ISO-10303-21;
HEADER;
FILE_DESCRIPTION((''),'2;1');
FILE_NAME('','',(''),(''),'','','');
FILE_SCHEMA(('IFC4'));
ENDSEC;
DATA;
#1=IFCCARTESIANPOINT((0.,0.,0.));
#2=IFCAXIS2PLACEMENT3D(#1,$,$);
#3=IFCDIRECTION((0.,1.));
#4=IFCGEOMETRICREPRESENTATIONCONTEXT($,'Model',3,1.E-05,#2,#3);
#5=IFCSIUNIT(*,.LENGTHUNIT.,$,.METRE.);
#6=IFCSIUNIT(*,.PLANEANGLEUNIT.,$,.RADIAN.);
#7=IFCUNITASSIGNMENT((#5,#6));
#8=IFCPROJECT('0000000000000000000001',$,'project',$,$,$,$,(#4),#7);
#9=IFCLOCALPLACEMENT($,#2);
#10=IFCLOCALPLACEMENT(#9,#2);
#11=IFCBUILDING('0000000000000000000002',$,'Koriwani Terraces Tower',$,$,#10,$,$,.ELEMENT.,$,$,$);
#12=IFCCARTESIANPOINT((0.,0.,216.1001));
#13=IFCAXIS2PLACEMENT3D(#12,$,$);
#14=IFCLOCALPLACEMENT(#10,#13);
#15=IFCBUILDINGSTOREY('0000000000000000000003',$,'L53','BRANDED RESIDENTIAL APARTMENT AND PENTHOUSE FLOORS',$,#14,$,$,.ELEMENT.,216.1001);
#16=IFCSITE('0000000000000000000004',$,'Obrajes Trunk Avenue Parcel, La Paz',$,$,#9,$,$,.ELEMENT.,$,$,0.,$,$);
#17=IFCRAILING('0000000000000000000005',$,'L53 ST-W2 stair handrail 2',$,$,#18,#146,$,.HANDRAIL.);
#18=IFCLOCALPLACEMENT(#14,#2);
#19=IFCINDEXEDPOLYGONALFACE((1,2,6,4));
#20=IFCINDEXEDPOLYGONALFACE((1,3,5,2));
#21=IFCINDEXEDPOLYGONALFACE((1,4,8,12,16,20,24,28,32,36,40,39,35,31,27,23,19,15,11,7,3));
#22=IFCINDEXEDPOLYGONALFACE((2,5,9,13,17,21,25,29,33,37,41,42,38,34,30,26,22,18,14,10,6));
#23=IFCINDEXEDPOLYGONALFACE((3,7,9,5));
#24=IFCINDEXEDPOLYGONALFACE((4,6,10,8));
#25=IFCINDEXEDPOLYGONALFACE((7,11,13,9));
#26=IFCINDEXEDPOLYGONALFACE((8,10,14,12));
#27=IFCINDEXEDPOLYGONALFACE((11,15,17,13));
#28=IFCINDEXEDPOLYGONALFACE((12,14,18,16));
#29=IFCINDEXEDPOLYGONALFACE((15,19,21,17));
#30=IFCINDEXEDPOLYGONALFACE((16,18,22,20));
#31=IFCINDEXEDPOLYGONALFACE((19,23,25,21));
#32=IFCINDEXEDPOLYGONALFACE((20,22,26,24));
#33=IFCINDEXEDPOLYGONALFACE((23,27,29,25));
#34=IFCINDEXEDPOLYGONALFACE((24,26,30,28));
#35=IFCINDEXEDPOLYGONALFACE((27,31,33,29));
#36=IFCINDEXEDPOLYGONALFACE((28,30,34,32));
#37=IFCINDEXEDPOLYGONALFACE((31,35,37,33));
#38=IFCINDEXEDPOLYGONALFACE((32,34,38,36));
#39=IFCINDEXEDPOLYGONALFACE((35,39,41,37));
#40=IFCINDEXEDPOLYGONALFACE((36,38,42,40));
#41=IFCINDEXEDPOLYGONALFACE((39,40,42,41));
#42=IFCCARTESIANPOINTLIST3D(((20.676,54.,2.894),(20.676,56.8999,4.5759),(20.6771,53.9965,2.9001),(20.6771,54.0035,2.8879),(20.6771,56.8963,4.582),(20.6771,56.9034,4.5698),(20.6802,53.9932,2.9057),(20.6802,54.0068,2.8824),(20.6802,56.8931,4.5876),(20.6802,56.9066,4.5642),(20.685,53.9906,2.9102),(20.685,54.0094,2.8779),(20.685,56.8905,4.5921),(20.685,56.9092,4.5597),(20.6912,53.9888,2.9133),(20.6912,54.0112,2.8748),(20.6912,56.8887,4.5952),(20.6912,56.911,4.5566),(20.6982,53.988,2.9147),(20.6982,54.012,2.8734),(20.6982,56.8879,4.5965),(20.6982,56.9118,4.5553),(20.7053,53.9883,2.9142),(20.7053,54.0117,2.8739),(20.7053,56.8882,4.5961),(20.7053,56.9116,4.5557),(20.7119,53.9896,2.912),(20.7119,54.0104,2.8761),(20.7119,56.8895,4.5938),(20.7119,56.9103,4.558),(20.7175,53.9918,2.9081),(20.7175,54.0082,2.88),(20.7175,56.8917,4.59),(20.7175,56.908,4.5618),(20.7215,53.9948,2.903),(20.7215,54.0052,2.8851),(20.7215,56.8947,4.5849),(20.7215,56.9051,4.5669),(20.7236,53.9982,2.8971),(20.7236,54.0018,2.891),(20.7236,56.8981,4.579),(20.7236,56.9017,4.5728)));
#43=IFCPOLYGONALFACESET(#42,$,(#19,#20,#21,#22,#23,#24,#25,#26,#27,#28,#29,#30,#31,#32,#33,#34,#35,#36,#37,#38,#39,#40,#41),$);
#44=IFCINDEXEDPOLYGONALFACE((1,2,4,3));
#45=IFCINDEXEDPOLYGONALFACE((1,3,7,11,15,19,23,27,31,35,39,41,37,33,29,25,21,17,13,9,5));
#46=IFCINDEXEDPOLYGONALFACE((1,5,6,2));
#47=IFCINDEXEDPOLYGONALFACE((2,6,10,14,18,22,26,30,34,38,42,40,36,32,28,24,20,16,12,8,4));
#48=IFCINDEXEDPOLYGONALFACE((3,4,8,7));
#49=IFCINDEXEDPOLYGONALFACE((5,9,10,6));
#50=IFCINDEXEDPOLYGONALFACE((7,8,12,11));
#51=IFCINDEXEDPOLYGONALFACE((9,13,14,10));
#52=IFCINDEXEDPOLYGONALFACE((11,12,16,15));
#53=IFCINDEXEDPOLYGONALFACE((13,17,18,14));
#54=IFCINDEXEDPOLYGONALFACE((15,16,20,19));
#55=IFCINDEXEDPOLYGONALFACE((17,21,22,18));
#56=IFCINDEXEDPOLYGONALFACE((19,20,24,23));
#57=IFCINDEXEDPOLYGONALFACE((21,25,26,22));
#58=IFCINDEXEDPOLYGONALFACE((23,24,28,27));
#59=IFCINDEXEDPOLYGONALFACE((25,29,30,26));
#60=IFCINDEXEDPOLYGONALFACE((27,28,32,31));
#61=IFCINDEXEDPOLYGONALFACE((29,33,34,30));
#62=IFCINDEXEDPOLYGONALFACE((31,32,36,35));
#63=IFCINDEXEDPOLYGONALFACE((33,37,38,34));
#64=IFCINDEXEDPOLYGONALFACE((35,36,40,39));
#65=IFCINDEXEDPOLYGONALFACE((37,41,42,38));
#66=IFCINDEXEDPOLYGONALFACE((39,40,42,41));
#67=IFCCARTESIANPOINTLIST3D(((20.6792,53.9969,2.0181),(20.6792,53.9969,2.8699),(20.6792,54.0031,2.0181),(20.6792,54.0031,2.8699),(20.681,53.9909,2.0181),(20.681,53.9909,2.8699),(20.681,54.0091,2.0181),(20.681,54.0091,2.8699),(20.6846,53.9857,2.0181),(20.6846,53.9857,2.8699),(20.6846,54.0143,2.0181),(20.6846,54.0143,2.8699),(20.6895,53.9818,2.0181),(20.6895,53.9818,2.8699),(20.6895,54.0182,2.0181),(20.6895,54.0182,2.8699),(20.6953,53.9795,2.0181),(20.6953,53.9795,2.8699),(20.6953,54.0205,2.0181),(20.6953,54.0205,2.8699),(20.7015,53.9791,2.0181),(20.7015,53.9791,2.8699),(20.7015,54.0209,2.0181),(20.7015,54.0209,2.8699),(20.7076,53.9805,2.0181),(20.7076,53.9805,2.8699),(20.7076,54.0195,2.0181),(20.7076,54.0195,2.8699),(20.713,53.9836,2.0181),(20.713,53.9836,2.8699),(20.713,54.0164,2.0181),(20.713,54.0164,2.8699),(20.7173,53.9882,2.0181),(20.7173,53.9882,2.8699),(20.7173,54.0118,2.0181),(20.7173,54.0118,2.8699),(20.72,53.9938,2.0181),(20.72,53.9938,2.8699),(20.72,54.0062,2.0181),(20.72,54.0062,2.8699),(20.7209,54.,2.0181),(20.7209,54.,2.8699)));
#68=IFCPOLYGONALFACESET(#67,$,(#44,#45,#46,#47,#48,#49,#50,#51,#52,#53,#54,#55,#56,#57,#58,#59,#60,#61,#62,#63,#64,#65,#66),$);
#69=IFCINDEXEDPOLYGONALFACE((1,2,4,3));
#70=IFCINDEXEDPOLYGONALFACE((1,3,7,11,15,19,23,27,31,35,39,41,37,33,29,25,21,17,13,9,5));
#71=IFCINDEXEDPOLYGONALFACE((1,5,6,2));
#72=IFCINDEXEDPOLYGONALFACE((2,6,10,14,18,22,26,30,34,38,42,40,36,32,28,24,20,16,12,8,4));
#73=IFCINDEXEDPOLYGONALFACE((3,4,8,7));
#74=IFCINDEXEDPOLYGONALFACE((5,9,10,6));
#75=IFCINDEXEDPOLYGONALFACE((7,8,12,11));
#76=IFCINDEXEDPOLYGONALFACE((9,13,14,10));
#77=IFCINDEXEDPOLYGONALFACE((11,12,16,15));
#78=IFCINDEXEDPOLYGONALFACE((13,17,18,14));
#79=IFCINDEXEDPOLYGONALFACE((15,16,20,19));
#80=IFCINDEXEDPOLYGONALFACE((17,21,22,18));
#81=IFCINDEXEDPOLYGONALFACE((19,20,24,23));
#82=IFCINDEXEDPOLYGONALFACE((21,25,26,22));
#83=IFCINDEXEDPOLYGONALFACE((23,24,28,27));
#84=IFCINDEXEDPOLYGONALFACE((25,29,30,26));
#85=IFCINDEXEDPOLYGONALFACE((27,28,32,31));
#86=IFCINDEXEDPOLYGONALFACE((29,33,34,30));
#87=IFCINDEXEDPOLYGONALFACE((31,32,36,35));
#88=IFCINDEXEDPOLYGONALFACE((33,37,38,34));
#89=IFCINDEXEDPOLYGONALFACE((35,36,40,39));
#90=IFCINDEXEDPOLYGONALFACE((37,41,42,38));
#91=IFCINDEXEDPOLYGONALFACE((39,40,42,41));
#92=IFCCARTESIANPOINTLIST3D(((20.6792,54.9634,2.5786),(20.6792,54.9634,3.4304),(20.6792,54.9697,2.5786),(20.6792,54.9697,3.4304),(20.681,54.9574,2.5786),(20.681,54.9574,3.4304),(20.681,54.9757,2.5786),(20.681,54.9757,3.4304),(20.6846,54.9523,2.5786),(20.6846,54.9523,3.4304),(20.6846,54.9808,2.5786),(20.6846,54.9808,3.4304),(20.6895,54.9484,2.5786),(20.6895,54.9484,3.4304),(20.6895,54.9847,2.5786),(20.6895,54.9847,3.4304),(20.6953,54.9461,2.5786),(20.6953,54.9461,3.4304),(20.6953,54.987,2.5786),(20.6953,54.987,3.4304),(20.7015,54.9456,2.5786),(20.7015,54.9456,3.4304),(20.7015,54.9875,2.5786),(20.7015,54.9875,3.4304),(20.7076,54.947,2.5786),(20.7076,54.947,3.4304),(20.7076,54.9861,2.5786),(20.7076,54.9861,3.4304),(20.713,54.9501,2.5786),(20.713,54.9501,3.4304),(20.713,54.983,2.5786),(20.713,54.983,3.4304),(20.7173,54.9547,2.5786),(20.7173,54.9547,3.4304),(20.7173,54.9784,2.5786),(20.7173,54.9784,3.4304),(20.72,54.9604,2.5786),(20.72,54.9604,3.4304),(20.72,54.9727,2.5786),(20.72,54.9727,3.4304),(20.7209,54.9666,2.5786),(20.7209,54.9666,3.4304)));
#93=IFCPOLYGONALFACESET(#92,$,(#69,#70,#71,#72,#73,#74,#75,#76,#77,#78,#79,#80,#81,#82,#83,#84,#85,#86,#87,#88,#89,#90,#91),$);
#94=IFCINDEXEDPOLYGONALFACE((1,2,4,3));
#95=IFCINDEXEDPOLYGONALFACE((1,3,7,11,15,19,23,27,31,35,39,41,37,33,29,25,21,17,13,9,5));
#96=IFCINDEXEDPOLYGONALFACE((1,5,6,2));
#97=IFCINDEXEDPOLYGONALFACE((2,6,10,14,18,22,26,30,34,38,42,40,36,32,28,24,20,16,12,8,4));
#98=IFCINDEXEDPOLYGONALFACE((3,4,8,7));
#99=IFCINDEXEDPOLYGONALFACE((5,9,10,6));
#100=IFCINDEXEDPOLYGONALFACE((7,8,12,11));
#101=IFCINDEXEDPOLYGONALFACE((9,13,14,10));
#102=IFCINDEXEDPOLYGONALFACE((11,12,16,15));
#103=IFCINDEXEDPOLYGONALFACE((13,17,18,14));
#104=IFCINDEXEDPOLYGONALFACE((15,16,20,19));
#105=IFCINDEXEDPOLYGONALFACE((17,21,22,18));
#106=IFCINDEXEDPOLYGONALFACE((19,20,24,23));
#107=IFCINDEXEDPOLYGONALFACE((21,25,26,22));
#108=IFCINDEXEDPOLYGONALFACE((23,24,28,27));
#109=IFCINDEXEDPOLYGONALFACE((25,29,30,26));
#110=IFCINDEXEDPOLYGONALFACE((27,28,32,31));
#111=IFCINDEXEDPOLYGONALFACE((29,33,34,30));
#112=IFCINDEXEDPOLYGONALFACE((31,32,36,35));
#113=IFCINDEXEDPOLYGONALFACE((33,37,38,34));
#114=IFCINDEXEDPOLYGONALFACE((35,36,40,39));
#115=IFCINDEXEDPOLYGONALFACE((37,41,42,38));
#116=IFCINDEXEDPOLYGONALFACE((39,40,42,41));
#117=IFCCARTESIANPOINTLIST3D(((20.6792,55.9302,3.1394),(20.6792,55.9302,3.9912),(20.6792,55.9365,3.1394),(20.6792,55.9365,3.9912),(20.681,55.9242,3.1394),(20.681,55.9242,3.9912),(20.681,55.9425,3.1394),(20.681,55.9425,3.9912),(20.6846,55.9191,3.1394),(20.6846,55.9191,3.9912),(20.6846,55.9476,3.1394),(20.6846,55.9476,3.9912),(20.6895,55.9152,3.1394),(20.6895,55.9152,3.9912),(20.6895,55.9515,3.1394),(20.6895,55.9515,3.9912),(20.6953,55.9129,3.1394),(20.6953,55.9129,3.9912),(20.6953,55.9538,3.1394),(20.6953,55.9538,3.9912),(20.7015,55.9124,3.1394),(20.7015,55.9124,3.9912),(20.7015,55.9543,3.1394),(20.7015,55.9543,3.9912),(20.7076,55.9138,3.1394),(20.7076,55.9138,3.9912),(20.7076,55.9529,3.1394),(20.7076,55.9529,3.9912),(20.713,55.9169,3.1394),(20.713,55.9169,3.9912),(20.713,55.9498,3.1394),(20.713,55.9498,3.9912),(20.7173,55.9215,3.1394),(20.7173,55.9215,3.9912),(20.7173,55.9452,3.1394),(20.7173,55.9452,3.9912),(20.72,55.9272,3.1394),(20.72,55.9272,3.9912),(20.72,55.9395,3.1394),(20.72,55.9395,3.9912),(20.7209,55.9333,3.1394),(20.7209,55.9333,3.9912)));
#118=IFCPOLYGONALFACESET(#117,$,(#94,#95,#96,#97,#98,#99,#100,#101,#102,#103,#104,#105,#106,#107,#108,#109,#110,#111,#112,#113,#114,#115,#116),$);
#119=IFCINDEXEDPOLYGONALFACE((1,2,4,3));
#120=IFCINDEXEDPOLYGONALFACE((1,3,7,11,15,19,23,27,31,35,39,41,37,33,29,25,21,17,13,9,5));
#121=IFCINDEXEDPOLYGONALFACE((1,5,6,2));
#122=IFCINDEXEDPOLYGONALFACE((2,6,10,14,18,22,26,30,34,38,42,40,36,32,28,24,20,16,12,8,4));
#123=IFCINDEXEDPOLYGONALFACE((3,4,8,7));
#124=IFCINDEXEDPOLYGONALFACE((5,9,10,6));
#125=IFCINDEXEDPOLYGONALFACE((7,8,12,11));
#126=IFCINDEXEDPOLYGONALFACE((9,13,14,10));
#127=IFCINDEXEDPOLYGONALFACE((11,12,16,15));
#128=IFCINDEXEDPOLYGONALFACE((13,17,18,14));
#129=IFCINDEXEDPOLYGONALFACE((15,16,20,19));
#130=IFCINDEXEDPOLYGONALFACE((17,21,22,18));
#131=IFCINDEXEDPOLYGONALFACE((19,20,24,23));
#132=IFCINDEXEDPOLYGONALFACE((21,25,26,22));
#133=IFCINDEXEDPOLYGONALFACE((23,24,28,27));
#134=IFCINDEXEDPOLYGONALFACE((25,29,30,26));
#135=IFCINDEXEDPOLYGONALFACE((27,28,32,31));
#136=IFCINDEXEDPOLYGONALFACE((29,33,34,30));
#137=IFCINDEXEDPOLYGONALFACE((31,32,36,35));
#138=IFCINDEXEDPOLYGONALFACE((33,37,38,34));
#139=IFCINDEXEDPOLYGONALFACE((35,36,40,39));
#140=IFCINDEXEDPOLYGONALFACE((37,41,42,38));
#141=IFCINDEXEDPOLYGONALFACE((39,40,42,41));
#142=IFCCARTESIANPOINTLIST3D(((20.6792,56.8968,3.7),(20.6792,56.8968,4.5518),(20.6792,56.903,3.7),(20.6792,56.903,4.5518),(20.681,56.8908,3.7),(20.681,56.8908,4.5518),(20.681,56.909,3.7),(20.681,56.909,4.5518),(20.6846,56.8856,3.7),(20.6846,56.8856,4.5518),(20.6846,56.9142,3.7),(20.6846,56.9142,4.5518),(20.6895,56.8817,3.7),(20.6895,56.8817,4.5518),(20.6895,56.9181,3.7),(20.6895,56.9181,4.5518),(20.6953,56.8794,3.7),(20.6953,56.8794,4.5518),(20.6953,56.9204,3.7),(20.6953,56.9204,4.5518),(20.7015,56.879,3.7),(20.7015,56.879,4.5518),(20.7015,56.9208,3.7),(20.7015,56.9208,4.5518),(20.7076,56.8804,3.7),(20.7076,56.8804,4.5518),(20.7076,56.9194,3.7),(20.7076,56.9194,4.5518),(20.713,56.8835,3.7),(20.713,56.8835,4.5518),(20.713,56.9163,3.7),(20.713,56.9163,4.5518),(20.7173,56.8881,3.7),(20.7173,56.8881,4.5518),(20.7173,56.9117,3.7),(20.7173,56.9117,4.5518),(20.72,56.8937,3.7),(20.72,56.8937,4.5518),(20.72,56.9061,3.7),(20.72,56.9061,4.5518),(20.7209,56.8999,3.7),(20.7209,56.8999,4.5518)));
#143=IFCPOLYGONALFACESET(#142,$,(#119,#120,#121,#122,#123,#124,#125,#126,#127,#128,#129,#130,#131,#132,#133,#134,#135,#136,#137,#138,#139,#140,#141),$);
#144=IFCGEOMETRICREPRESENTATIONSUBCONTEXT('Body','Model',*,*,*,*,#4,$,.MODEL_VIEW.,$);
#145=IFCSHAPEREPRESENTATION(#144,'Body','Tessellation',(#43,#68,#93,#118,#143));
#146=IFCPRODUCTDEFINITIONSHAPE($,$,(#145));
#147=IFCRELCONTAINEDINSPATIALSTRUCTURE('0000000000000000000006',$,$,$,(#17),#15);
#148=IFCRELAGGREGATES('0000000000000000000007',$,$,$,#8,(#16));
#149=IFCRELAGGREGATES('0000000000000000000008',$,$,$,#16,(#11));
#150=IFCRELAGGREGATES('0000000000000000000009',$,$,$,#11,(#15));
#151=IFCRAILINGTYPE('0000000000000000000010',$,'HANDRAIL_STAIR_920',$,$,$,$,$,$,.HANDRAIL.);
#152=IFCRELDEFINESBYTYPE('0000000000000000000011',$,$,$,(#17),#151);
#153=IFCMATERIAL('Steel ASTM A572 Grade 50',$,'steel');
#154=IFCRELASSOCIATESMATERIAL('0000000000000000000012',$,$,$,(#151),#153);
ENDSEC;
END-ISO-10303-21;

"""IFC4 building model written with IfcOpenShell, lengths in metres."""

from ifc_helpers import new_model, si_unit, direction, frame, origin, origin_2d, place, context, subcontext, project, spatial, circle, extrude, material, type_object, element, save


model = new_model("IFC4")

# Units and contexts
model_context = context("Model", 3, precision=1e-05, world=origin(), true_north=direction((0.0, 1.0)))
body_context = subcontext(model_context, "Body", "Model", "MODEL_VIEW")
ifc_project = project(units=[si_unit("LENGTHUNIT", "METRE"), si_unit("PLANEANGLEUNIT", "RADIAN")], contexts=[model_context])

# Site, building, storey
site_placement = place(None, origin())
site = spatial("IfcSite", under=ifc_project, at=site_placement, Name="Obrajes Trunk Avenue Parcel, La Paz", CompositionType="ELEMENT", RefElevation=0.0)
building_placement = place(site_placement, origin())
building = spatial("IfcBuilding", under=site, at=building_placement, Name="Koriwani Terraces Tower", CompositionType="ELEMENT")
storey_placement = place(building_placement, frame((0.0, 0.0, 216.1001)))
storey = spatial("IfcBuildingStorey", under=building, at=storey_placement, Name="L53", Description="BRANDED RESIDENTIAL APARTMENT AND PENTHOUSE FLOORS", CompositionType="ELEMENT", Elevation=216.1001)

# Shared definitions
ifc_material_1 = material(Name="Steel ASTM A572 Grade 50", Category="steel")

# Railing
railing_type_1 = type_object("IfcRailingType", Name="HANDRAIL_STAIR_920", PredefinedType="HANDRAIL", material=ifc_material_1)
railing_1_placement = place(storey_placement, frame((20.7, 54.0, 2.0181)))
element("IfcRailing", 1, at=railing_1_placement, inside=storey, type_object=railing_type_1, Name="L53 ST-W2 stair handrail 2", PredefinedType="HANDRAIL", context=body_context, shape_type="SweptSolid", body=[
    extrude(circle(Radius=0.0239, at=origin_2d()), frame((0.0, 0.0, 0.876), z_axis=(0.0, 0.865039, 0.501705), x_axis=(-1.0, 0.0, 0.0)), (0.0, 0.0, 1.0), 3.3523),
    extrude(circle(Radius=0.021, at=origin_2d()), origin(), (0.0, 0.0, 1.0), 0.8518),
    extrude(circle(Radius=0.021, at=origin_2d()), frame((0.0, 0.9666, 0.5605)), (0.0, 0.0, 1.0), 0.8518),
    extrude(circle(Radius=0.021, at=origin_2d()), frame((0.0, 1.9333, 1.1213)), (0.0, 0.0, 1.0), 0.8518),
    extrude(circle(Radius=0.021, at=origin_2d()), frame((0.0, 2.8999, 1.6819)), (0.0, 0.0, 1.0), 0.8518),
])

save(model, "model.ifc")
